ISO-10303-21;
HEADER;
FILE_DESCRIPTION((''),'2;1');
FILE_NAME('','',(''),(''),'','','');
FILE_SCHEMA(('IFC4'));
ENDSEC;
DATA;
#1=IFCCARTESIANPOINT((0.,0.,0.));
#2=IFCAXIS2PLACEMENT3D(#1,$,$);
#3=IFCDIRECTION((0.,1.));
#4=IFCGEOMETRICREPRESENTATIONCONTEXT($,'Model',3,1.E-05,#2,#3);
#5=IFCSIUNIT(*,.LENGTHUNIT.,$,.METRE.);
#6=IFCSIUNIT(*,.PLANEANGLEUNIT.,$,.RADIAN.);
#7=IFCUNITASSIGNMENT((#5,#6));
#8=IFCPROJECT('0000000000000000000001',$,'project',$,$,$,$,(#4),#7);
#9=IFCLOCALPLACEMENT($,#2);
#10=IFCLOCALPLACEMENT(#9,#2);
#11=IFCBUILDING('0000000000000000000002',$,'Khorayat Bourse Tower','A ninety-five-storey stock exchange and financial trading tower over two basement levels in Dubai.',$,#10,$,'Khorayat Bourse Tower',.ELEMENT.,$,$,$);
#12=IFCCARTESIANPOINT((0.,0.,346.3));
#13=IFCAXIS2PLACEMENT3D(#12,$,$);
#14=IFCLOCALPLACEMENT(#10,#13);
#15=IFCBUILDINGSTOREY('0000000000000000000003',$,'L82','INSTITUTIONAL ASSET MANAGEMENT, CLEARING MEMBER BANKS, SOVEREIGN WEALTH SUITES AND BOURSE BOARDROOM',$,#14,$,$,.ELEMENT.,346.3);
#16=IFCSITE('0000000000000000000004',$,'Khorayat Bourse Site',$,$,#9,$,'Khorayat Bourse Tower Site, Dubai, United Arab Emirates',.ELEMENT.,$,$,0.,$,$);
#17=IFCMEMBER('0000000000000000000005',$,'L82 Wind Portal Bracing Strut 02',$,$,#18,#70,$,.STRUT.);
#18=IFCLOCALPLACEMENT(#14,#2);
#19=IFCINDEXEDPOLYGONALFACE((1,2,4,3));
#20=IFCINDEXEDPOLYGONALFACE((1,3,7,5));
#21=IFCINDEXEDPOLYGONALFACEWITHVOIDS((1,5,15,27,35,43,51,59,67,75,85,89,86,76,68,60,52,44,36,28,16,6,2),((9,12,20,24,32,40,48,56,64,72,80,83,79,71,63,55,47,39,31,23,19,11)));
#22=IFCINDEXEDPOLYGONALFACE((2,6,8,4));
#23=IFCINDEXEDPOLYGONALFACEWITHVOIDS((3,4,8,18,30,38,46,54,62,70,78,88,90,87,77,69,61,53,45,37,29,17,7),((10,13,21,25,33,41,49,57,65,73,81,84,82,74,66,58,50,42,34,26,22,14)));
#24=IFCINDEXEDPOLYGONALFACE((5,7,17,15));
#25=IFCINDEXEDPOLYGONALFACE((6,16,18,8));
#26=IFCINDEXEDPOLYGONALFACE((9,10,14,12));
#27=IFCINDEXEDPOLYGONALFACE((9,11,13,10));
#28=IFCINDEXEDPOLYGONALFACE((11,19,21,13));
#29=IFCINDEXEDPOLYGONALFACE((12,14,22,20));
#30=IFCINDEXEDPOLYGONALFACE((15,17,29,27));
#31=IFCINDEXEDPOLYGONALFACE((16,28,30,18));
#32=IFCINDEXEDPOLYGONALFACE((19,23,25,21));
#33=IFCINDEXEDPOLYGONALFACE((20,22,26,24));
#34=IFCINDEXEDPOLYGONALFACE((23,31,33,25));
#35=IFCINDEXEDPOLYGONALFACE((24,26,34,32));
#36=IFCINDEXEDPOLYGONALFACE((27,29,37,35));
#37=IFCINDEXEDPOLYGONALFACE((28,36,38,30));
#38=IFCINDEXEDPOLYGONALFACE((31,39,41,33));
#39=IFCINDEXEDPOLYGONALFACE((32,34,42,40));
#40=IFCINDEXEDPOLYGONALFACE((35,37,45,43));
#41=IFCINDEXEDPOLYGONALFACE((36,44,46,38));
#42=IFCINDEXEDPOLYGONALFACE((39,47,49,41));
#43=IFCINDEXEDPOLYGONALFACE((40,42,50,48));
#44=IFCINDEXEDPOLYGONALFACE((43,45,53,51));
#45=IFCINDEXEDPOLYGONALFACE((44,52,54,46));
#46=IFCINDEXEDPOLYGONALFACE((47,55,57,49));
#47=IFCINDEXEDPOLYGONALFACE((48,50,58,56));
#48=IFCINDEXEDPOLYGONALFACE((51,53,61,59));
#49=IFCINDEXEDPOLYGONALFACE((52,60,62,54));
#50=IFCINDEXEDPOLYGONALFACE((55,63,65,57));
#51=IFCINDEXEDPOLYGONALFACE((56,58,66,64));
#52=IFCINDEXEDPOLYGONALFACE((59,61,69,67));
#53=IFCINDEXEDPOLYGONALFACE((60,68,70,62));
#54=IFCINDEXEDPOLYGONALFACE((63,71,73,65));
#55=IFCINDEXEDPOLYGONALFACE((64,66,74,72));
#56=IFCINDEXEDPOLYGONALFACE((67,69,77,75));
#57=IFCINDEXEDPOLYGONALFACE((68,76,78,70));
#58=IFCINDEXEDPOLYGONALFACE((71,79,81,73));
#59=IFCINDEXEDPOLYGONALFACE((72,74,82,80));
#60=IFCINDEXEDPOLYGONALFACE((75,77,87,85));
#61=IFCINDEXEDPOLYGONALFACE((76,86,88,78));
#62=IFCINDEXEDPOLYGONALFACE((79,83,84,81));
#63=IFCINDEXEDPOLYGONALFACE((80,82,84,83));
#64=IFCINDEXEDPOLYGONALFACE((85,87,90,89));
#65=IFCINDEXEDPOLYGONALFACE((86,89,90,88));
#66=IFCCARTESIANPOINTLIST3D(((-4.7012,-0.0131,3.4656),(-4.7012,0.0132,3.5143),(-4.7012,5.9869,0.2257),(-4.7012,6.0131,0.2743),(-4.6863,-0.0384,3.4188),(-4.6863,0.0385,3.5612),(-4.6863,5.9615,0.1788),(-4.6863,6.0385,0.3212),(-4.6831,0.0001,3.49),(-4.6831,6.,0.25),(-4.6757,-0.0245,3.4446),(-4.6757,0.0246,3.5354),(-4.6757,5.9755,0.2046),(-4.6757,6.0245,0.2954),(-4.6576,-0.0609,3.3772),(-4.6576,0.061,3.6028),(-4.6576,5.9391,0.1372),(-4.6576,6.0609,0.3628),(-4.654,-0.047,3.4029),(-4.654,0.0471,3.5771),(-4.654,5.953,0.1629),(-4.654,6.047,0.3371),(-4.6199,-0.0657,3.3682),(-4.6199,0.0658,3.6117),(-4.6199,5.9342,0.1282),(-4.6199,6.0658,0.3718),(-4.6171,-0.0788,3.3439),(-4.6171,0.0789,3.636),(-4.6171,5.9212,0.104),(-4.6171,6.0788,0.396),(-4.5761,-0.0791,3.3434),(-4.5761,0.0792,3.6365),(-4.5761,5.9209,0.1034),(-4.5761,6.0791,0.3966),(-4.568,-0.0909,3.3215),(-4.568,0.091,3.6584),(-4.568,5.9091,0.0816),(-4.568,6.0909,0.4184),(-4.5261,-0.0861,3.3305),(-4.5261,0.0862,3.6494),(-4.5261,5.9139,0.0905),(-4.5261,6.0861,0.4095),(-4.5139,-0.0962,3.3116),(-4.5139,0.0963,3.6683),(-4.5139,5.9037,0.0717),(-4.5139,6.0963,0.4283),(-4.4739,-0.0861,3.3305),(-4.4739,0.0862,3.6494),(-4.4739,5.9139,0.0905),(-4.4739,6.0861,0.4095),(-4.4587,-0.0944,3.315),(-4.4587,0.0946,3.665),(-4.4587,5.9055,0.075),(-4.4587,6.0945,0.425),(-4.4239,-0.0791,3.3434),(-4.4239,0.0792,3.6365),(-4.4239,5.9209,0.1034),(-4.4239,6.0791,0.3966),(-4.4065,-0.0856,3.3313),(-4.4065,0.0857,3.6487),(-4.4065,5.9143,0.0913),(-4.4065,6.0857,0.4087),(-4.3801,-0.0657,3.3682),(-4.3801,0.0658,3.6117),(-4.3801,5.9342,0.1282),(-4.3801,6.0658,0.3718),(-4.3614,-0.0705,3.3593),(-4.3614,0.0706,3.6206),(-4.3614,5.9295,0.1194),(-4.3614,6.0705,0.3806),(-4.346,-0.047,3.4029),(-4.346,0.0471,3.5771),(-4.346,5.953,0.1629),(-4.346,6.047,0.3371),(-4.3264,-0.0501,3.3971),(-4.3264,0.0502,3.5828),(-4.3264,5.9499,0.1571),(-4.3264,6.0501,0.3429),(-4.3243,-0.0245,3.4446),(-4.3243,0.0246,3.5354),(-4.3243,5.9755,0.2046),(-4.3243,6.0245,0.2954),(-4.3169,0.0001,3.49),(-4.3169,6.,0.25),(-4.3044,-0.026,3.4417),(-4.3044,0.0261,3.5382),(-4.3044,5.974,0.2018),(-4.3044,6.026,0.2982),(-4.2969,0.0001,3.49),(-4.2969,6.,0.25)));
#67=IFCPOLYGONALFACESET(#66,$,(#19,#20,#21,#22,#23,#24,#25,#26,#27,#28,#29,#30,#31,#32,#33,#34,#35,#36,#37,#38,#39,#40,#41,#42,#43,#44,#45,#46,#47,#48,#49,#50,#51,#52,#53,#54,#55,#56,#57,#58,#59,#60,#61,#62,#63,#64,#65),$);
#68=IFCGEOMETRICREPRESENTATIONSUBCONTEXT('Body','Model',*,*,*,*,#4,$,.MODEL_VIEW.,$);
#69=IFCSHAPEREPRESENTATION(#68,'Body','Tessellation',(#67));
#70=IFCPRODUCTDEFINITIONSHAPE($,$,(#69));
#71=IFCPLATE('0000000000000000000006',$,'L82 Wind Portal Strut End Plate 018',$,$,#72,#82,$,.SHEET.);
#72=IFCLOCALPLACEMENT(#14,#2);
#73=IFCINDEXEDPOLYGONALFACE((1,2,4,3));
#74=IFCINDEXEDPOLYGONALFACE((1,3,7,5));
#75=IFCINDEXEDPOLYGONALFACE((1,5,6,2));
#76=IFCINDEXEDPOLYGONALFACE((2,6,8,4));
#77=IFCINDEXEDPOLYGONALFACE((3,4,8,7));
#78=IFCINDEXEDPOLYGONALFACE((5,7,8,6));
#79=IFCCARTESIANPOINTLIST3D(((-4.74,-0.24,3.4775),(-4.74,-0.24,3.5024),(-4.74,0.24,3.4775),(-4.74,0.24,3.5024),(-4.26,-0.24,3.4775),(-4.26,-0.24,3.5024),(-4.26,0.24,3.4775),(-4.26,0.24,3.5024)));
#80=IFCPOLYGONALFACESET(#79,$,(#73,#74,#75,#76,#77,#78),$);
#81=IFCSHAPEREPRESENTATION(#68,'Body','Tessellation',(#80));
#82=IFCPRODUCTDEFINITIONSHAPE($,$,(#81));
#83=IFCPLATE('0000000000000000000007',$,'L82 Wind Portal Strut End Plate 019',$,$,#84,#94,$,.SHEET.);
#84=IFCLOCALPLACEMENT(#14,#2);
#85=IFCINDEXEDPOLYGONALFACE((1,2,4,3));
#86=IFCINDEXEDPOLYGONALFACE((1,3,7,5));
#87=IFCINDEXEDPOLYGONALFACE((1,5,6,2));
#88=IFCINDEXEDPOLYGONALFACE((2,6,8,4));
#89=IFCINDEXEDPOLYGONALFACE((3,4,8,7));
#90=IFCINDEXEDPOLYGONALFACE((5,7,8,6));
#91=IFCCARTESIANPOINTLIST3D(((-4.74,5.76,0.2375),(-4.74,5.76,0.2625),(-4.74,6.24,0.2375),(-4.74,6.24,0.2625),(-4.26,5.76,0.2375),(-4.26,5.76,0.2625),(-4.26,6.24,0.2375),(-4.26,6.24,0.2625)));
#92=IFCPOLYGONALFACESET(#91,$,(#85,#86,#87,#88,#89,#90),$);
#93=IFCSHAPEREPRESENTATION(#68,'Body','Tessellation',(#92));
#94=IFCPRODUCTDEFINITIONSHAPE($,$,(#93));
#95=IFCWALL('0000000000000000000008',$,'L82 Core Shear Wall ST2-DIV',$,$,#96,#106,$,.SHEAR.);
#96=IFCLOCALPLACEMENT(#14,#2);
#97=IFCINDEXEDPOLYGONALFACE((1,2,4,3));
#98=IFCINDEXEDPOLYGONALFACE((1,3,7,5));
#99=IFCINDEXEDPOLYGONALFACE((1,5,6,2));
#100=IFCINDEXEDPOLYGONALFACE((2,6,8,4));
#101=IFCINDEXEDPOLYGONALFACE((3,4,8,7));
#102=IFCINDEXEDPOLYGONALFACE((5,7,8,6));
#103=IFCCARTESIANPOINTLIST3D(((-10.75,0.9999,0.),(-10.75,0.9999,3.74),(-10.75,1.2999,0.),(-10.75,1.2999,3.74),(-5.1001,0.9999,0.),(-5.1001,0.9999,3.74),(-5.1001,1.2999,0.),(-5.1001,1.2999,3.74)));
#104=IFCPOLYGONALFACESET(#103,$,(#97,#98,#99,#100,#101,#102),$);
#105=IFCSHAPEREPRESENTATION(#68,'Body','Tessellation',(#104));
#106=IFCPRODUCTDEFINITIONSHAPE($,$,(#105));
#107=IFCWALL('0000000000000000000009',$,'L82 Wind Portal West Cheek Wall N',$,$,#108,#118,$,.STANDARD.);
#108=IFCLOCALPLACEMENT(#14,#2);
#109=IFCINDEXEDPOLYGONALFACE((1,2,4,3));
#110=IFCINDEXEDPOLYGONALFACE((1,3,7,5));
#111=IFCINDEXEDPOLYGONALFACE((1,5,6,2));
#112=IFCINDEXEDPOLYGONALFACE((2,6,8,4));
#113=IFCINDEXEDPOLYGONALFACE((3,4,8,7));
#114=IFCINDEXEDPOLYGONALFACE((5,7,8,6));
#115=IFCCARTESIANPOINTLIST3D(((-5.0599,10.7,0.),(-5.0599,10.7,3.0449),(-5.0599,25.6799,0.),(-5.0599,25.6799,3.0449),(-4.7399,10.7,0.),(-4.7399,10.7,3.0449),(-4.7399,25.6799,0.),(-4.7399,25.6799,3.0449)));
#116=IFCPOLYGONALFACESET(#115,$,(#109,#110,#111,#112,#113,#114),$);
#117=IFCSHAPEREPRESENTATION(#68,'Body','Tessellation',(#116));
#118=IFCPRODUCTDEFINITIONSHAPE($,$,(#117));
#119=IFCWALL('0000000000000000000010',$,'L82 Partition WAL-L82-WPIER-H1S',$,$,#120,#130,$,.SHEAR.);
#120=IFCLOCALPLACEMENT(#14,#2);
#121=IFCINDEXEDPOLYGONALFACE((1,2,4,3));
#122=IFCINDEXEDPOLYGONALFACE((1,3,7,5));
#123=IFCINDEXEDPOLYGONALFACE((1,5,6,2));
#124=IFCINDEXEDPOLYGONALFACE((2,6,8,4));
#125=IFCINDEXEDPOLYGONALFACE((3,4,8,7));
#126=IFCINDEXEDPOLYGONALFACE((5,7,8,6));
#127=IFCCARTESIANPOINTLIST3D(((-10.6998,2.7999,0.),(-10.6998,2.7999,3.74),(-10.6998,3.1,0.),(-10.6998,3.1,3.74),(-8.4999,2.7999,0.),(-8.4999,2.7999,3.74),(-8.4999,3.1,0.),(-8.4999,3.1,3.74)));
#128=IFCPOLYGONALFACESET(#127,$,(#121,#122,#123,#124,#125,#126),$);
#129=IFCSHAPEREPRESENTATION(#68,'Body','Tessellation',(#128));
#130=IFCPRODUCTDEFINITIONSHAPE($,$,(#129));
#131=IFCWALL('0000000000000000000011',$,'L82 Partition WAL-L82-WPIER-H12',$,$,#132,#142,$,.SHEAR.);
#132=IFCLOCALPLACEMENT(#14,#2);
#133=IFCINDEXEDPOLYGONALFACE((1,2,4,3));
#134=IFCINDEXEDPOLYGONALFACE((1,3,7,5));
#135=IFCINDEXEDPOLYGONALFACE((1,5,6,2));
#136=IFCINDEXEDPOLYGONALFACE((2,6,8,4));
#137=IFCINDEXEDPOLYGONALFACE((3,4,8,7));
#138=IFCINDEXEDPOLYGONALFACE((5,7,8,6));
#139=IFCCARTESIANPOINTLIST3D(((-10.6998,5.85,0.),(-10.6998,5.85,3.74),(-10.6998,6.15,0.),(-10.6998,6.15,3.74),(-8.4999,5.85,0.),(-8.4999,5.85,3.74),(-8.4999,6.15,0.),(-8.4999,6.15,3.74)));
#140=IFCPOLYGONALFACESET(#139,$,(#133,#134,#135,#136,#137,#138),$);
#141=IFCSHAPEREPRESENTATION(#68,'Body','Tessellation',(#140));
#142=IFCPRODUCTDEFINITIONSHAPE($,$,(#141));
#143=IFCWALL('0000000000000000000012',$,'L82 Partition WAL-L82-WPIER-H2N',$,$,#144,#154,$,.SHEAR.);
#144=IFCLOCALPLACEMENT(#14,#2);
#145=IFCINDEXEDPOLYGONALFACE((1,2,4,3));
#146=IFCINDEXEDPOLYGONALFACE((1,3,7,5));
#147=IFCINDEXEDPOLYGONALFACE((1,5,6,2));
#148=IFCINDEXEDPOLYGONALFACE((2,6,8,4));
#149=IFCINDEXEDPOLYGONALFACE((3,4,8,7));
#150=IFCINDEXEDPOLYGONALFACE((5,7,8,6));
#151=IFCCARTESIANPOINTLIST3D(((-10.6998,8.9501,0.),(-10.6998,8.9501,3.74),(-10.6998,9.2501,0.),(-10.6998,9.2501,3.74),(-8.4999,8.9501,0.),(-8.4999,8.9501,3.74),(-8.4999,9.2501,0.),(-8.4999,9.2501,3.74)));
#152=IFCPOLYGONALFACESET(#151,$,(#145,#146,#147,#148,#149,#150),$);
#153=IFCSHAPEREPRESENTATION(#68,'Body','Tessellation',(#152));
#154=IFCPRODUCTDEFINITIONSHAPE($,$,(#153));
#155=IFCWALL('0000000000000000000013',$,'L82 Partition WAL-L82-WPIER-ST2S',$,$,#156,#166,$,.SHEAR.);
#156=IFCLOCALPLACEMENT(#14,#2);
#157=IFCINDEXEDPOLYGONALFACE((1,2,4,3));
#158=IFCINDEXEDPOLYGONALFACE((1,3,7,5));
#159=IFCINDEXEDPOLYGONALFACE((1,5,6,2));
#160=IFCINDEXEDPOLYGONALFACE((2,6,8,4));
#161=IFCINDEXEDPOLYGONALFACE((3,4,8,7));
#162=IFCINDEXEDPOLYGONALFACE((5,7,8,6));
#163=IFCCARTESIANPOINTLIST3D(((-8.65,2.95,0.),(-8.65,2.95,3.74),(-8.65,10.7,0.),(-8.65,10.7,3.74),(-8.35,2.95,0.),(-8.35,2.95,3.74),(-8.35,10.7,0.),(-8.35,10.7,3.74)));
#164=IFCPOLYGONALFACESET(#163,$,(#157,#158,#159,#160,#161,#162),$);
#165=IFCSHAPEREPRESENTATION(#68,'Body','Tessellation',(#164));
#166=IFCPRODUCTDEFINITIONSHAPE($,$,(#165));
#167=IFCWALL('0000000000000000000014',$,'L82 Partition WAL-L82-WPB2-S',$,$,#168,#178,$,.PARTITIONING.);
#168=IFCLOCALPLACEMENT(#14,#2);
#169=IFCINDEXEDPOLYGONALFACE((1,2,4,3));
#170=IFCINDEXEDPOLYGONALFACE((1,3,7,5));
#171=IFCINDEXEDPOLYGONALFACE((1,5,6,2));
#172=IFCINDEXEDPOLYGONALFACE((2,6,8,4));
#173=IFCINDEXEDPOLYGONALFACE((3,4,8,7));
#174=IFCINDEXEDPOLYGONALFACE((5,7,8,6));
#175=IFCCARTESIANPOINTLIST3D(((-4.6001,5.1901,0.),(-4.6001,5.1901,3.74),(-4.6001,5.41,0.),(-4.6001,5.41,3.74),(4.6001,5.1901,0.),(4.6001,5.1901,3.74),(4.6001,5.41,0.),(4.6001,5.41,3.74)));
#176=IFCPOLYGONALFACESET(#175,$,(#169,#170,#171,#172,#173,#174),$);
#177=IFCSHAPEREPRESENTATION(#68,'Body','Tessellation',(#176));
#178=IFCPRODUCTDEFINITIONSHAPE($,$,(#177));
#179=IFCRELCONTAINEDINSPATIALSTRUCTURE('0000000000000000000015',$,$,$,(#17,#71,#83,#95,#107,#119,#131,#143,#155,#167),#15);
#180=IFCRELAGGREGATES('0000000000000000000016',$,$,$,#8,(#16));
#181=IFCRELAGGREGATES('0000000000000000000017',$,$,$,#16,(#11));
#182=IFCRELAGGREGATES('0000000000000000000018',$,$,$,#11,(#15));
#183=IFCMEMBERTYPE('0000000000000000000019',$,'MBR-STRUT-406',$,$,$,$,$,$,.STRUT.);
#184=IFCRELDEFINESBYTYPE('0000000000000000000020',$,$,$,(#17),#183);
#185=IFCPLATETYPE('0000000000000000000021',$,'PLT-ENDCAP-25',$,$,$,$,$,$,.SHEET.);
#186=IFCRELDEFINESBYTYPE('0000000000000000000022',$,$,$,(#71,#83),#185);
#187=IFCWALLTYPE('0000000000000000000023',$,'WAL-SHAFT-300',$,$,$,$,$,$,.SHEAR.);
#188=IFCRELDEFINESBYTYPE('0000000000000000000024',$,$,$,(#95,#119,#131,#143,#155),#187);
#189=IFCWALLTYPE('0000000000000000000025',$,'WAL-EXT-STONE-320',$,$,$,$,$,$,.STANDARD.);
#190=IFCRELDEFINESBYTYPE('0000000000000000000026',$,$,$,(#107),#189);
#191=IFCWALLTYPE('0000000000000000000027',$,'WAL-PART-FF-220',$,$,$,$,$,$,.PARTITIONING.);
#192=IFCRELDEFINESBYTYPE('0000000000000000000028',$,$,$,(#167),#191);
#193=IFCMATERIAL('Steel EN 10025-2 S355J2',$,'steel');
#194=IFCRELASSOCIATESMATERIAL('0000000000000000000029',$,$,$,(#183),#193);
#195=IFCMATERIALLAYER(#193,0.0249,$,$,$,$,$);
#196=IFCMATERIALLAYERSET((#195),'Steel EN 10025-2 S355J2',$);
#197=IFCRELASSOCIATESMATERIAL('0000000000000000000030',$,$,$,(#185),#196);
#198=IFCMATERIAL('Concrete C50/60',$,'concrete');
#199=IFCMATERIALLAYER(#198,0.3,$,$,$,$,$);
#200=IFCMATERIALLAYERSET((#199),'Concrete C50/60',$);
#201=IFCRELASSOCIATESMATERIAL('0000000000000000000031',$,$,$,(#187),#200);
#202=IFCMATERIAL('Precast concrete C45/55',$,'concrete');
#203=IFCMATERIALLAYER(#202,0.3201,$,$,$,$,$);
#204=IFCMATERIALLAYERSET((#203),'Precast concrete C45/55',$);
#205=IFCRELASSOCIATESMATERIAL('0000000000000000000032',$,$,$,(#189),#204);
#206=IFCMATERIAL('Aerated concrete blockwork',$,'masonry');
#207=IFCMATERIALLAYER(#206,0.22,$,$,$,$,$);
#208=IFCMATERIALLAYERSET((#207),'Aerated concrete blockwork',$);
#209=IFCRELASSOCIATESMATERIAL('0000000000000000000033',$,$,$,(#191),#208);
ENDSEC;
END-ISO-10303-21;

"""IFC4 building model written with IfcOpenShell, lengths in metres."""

from ifc_helpers import new_model, si_unit, direction, frame, frame_2d, origin, origin_2d, place, context, subcontext, project, spatial, rectangle, hollow_circle, extrude, source, transform, mapped, material, layer, layer_set, material_profile, profile_set, type_object, element, save


model = new_model("IFC4")

# Units and contexts
model_context = context("Model", 3, precision=1e-05, world=origin(), true_north=direction((0.0, 1.0)))
body_context = subcontext(model_context, "Body", "Model", "MODEL_VIEW")
ifc_project = project(units=[si_unit("LENGTHUNIT", "METRE"), si_unit("PLANEANGLEUNIT", "RADIAN")], contexts=[model_context])

# Site, building, storey
site_placement = place(None, origin())
site = spatial("IfcSite", under=ifc_project, at=site_placement, Name="Khorayat Bourse Site", LongName="Khorayat Bourse Tower Site, Dubai, United Arab Emirates", CompositionType="ELEMENT", RefElevation=0.0)
building_placement = place(site_placement, origin())
building = spatial("IfcBuilding", under=site, at=building_placement, Name="Khorayat Bourse Tower", Description="A ninety-five-storey stock exchange and financial trading tower over two basement levels in Dubai.", LongName="Khorayat Bourse Tower", CompositionType="ELEMENT")
storey_placement = place(building_placement, frame((0.0, 0.0, 346.3)))
storey = spatial("IfcBuildingStorey", under=building, at=storey_placement, Name="L82", Description="INSTITUTIONAL ASSET MANAGEMENT, CLEARING MEMBER BANKS, SOVEREIGN WEALTH SUITES AND BOURSE BOARDROOM", CompositionType="ELEMENT", Elevation=346.3)

# Member
ifc_material_1 = material(Name="Steel EN 10025-2 S355J2", Category="steel")
ifc_material_profile_1 = material_profile(ifc_material_1, hollow_circle(Radius=0.2031, WallThickness=0.02, at=origin_2d()), Name="CHS 406x20")
ifc_profile_set_1 = profile_set([ifc_material_profile_1], Name="Steel EN 10025-2 S355J2")
member_type = type_object("IfcMemberType", Name="MBR-STRUT-406", PredefinedType="STRUT", material=ifc_profile_set_1)
shared_shape_1 = source(origin(), body_context, "Body", "SweptSolid", [
    extrude(hollow_circle(Radius=0.2031, WallThickness=0.02, at=origin_2d()), origin(), (0.0, 0.0, 1.0), 6.8188),
])
member_placement = place(storey_placement, frame((-4.5, 6.0, 0.25), z_axis=(0.0, -0.879906, 0.475148), x_axis=(1.0, 0.0, 0.0)))
element("IfcMember", 1, at=member_placement, inside=storey, type_object=member_type, Name="L82 Wind Portal Bracing Strut 02", PredefinedType="STRUT", context=body_context, shape_type="MappedRepresentation", body=[
    mapped(shared_shape_1, transform((0.0, 0.0, 0.0), scale=1.0)),
])

# Plates
ifc_layer_1 = layer(ifc_material_1, 0.0249)
ifc_layer_set_1 = layer_set([ifc_layer_1], Name="Steel EN 10025-2 S355J2")
plate_type = type_object("IfcPlateType", Name="PLT-ENDCAP-25", PredefinedType="SHEET", material=ifc_layer_set_1)
shared_shape_2 = source(origin(), body_context, "Body", "SweptSolid", [
    extrude(rectangle(XDim=0.48, YDim=0.48, at=origin_2d()), origin(), (0.0, 0.0, 1.0), 0.0249),
])
for number, where, z_axis, x_axis, name in (
    (2, (-4.5, 0.0, 3.4775), (0.0, 0.0, 1.0), (1.0, 0.0, 0.0), "L82 Wind Portal Strut End Plate 018"),
    (3, (-4.5, 6.0, 0.2375), (0.0, 0.0, 1.0), (1.0, 0.0, 0.0), "L82 Wind Portal Strut End Plate 019"),
):
    element("IfcPlate", number, at=place(storey_placement, frame(where, z_axis=z_axis, x_axis=x_axis)), inside=storey, type_object=plate_type, Name=name, PredefinedType="SHEET", context=body_context, shape_type="MappedRepresentation", body=[
        mapped(shared_shape_2, transform((0.0, 0.0, 0.0), scale=1.0)),
    ])

# Walls
ifc_material_2 = material(Name="Concrete C50/60", Category="concrete")
ifc_layer_2 = layer(ifc_material_2, 0.3)
ifc_layer_set_2 = layer_set([ifc_layer_2], Name="Concrete C50/60")
wall_type_1 = type_object("IfcWallType", Name="WAL-SHAFT-300", PredefinedType="SHEAR", material=ifc_layer_set_2)
shared_shape_3 = source(origin(), body_context, "Body", "SweptSolid", [
    extrude(rectangle(XDim=5.6499, YDim=0.3, at=frame_2d((2.825, 0.0))), origin(), (0.0, 0.0, 1.0), 3.74),
])
wall_1_placement = place(storey_placement, frame((-10.75, 1.1499, 0.0), z_axis=(0.0, 0.0, 1.0), x_axis=(1.0, 0.0, 0.0)))
element("IfcWall", 4, at=wall_1_placement, inside=storey, type_object=wall_type_1, Name="L82 Core Shear Wall ST2-DIV", PredefinedType="SHEAR", context=body_context, shape_type="MappedRepresentation", body=[
    mapped(shared_shape_3, transform((0.0, 0.0, 0.0), scale=1.0)),
])
ifc_material_3 = material(Name="Precast concrete C45/55", Category="concrete")
ifc_layer_3 = layer(ifc_material_3, 0.3201)
ifc_layer_set_3 = layer_set([ifc_layer_3], Name="Precast concrete C45/55")
wall_type_2 = type_object("IfcWallType", Name="WAL-EXT-STONE-320", PredefinedType="STANDARD", material=ifc_layer_set_3)
shared_shape_4 = source(origin(), body_context, "Body", "SweptSolid", [
    extrude(rectangle(XDim=14.98, YDim=0.3201, at=frame_2d((7.49, 0.0))), origin(), (0.0, 0.0, 1.0), 3.0449),
])
wall_2_placement = place(storey_placement, frame((-4.8999, 10.7, 0.0), z_axis=(0.0, 0.0, 1.0), x_axis=(0.0, 1.0, 0.0)))
element("IfcWall", 5, at=wall_2_placement, inside=storey, type_object=wall_type_2, Name="L82 Wind Portal West Cheek Wall N", PredefinedType="STANDARD", context=body_context, shape_type="MappedRepresentation", body=[
    mapped(shared_shape_4, transform((0.0, 0.0, 0.0), scale=1.0)),
])
shared_shape_5 = source(origin(), body_context, "Body", "SweptSolid", [
    extrude(rectangle(XDim=2.2, YDim=0.3, at=frame_2d((1.1001, 0.0))), origin(), (0.0, 0.0, 1.0), 3.74),
])
for number, where, z_axis, x_axis, name in (
    (6, (-10.7, 2.95, 0.0), (0.0, 0.0, 1.0), (1.0, 0.0, 0.0), "L82 Partition WAL-L82-WPIER-H1S"),
    (7, (-10.7, 6.0, 0.0), (0.0, 0.0, 1.0), (1.0, 0.0, 0.0), "L82 Partition WAL-L82-WPIER-H12"),
    (8, (-10.7, 9.1001, 0.0), (0.0, 0.0, 1.0), (1.0, 0.0, 0.0), "L82 Partition WAL-L82-WPIER-H2N"),
):
    element("IfcWall", number, at=place(storey_placement, frame(where, z_axis=z_axis, x_axis=x_axis)), inside=storey, type_object=wall_type_1, Name=name, PredefinedType="SHEAR", context=body_context, shape_type="MappedRepresentation", body=[
        mapped(shared_shape_5, transform((0.0, 0.0, 0.0), scale=1.0)),
    ])
shared_shape_6 = source(origin(), body_context, "Body", "SweptSolid", [
    extrude(rectangle(XDim=7.75, YDim=0.3, at=frame_2d((3.875, 0.0))), origin(), (0.0, 0.0, 1.0), 3.74),
])
wall_3_placement = place(storey_placement, frame((-8.5, 2.95, 0.0), z_axis=(0.0, 0.0, 1.0), x_axis=(0.0, 1.0, 0.0)))
element("IfcWall", 9, at=wall_3_placement, inside=storey, type_object=wall_type_1, Name="L82 Partition WAL-L82-WPIER-ST2S", PredefinedType="SHEAR", context=body_context, shape_type="MappedRepresentation", body=[
    mapped(shared_shape_6, transform((0.0, 0.0, 0.0), scale=1.0)),
])
ifc_material_4 = material(Name="Aerated concrete blockwork", Category="masonry")
ifc_layer_4 = layer(ifc_material_4, 0.22)
ifc_layer_set_4 = layer_set([ifc_layer_4], Name="Aerated concrete blockwork")
wall_type_3 = type_object("IfcWallType", Name="WAL-PART-FF-220", PredefinedType="PARTITIONING", material=ifc_layer_set_4)
shared_shape_7 = source(origin(), body_context, "Body", "SweptSolid", [
    extrude(rectangle(XDim=9.2002, YDim=0.22, at=frame_2d((4.6001, 0.0))), origin(), (0.0, 0.0, 1.0), 3.74),
])
wall_4_placement = place(storey_placement, frame((-4.6001, 5.3, 0.0), z_axis=(0.0, 0.0, 1.0), x_axis=(1.0, 0.0, 0.0)))
element("IfcWall", 10, at=wall_4_placement, inside=storey, type_object=wall_type_3, Name="L82 Partition WAL-L82-WPB2-S", PredefinedType="PARTITIONING", context=body_context, shape_type="MappedRepresentation", body=[
    mapped(shared_shape_7, transform((0.0, 0.0, 0.0), scale=1.0)),
])

save(model, "model.ifc")
